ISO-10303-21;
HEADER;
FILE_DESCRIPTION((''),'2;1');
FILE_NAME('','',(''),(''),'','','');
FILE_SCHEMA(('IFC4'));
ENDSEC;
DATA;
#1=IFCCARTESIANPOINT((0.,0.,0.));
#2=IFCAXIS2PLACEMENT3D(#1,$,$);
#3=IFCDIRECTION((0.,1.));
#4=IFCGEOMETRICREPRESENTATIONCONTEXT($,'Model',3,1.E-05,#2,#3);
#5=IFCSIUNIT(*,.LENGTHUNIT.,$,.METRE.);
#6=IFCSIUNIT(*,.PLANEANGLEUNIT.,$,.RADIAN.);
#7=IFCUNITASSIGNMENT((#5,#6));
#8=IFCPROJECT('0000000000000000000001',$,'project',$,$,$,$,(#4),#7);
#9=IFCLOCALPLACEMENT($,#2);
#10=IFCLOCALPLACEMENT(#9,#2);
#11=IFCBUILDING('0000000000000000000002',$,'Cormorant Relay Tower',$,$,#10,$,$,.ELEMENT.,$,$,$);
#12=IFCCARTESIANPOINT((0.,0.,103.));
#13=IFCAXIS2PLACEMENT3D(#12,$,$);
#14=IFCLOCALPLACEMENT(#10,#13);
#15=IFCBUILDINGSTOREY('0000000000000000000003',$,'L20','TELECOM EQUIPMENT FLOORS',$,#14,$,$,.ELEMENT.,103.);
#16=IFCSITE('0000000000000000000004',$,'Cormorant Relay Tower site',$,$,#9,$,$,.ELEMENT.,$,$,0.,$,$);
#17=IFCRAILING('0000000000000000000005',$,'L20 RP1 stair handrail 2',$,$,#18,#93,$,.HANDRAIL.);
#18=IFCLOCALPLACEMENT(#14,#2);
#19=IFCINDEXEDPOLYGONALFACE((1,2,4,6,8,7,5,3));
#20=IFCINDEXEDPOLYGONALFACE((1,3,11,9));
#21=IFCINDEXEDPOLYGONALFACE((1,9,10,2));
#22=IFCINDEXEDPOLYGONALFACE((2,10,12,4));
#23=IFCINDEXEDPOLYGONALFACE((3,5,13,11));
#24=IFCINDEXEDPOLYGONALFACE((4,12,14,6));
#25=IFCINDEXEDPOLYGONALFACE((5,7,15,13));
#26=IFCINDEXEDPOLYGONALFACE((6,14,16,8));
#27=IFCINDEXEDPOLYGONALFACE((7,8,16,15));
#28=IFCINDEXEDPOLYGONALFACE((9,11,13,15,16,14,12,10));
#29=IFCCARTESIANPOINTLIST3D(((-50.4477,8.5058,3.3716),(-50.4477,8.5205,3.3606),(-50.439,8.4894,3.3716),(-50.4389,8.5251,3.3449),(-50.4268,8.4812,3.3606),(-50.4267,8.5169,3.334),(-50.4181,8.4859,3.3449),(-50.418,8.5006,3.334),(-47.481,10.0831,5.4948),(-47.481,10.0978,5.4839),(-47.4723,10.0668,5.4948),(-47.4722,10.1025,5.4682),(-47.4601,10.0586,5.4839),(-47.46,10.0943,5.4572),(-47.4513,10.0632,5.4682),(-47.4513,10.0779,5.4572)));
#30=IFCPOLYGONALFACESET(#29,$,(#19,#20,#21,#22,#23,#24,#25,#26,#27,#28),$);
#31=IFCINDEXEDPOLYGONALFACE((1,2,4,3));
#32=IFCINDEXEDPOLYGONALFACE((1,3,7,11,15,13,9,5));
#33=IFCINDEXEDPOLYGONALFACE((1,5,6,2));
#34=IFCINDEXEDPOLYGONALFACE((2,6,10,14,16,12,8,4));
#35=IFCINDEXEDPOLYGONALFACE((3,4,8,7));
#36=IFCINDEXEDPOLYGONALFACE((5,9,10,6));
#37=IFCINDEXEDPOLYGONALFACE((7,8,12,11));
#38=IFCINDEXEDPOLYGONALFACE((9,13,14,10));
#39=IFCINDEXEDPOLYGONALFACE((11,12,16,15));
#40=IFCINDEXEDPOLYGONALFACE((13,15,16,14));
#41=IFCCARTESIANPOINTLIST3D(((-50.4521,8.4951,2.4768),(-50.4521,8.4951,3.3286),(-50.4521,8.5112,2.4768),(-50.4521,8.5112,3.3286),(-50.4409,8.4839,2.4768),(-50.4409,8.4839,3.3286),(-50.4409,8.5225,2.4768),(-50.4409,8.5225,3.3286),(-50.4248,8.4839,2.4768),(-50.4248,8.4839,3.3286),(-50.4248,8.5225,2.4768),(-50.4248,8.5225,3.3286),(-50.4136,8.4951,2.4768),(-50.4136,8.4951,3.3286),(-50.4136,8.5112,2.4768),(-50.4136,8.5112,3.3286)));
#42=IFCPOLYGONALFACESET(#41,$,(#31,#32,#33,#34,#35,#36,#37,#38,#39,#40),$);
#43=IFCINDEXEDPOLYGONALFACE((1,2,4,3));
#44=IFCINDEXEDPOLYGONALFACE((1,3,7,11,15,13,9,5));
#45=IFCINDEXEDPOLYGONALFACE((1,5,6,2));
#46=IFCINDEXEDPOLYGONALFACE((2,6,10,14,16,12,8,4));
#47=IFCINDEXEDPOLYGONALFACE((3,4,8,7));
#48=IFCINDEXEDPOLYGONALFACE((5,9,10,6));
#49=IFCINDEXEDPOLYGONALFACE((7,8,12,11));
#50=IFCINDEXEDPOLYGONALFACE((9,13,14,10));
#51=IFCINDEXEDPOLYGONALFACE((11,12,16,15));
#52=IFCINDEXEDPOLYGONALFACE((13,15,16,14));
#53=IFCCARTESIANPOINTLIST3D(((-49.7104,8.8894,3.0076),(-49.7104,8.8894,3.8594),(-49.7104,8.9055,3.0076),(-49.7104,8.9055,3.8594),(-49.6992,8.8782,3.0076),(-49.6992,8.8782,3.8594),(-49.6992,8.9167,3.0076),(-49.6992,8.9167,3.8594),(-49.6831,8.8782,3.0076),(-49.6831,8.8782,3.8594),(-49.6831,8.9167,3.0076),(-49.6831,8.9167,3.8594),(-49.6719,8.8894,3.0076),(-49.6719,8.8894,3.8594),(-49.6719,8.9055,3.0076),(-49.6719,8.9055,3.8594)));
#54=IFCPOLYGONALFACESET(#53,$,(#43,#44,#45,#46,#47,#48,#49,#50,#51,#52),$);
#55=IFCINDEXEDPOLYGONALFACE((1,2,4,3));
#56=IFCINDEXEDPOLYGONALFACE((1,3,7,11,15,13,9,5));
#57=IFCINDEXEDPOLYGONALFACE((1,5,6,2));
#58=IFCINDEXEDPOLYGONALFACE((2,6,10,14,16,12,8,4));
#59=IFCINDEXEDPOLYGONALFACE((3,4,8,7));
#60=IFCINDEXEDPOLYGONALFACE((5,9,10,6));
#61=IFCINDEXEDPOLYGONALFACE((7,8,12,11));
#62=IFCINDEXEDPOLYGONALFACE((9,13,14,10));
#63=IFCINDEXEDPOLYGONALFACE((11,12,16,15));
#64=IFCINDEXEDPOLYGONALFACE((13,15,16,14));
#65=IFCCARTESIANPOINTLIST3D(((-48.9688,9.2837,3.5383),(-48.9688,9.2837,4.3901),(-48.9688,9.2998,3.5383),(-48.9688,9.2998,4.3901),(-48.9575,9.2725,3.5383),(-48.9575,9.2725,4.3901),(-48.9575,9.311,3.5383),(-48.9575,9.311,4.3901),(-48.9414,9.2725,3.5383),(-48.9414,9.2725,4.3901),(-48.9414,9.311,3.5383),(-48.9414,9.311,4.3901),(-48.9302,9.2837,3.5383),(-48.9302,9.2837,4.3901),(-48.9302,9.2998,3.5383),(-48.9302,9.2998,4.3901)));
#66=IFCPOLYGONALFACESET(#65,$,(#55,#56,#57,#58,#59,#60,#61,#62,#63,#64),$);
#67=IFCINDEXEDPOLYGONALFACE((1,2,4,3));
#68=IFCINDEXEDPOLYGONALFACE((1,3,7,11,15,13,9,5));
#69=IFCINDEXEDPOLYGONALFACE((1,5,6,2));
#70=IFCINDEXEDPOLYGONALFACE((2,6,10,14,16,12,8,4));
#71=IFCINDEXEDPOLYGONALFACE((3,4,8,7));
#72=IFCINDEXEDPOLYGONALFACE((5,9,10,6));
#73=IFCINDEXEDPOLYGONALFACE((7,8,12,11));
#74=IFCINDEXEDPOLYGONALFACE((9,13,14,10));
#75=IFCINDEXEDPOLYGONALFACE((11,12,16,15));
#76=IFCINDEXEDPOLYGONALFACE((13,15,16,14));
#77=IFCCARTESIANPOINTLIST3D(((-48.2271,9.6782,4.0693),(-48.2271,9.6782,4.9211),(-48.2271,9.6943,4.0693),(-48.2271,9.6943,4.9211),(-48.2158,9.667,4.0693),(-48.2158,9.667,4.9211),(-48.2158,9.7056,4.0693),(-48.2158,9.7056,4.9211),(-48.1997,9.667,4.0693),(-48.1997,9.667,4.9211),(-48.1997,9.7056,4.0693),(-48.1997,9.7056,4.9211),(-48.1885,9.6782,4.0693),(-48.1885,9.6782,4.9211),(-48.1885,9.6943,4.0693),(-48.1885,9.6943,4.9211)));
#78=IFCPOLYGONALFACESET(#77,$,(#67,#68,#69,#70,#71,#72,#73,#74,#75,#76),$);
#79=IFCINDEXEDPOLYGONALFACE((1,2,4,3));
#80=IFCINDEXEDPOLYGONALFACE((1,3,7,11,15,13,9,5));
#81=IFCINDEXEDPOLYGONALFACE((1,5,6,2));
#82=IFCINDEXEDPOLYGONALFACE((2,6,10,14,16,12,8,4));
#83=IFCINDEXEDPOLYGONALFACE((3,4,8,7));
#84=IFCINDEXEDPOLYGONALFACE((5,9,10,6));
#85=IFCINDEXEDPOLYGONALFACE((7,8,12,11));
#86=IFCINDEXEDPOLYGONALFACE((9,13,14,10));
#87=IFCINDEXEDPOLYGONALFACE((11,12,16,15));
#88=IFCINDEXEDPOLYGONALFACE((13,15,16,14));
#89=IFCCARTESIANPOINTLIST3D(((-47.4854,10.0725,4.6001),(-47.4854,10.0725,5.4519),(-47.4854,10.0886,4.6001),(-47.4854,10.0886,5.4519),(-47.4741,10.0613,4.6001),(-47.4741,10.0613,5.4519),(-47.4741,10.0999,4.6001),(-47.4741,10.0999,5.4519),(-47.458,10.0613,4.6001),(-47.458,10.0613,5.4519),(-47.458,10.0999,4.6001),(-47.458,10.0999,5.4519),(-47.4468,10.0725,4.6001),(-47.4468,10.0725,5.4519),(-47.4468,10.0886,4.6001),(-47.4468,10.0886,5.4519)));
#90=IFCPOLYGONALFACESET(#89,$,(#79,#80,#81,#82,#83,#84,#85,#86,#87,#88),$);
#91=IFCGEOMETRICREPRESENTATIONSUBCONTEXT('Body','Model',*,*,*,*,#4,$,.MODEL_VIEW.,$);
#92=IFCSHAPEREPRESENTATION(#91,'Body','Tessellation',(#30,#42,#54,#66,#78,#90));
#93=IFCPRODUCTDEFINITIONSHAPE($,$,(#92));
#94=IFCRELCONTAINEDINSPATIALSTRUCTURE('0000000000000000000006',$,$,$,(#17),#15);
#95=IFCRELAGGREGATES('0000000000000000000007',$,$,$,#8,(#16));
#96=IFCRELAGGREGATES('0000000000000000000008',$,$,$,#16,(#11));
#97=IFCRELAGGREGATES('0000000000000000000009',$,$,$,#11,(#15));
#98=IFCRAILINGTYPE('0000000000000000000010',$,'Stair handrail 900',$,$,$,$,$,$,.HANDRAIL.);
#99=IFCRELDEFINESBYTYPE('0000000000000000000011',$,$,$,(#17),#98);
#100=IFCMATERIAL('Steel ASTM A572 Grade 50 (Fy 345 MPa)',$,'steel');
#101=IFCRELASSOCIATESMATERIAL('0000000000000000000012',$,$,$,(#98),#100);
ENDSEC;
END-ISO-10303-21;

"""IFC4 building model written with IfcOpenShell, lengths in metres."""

from ifc_helpers import new_model, si_unit, direction, frame, origin, place, context, subcontext, project, spatial, polyline, outline, extrude, material, type_object, element, save


model = new_model("IFC4")

# Units and contexts
model_context = context("Model", 3, precision=1e-05, world=origin(), true_north=direction((0.0, 1.0)))
body_context = subcontext(model_context, "Body", "Model", "MODEL_VIEW")
ifc_project = project(units=[si_unit("LENGTHUNIT", "METRE"), si_unit("PLANEANGLEUNIT", "RADIAN")], contexts=[model_context])

# Site, building, storey
site_placement = place(None, origin())
site = spatial("IfcSite", under=ifc_project, at=site_placement, Name="Cormorant Relay Tower site", CompositionType="ELEMENT", RefElevation=0.0)
building_placement = place(site_placement, origin())
building = spatial("IfcBuilding", under=site, at=building_placement, Name="Cormorant Relay Tower", CompositionType="ELEMENT")
storey_placement = place(building_placement, frame((0.0, 0.0, 103.0)))
storey = spatial("IfcBuildingStorey", under=building, at=storey_placement, Name="L20", Description="TELECOM EQUIPMENT FLOORS", CompositionType="ELEMENT", Elevation=103.0)

# Railing
ifc_material_1 = material(Name="Steel ASTM A572 Grade 50 (Fy 345 MPa)", Category="steel")
railing_type_1 = type_object("IfcRailingType", Name="Stair handrail 900", PredefinedType="HANDRAIL", material=ifc_material_1)
railing_1_placement = place(storey_placement, frame((-50.4329, 8.5032, 2.4768)))
element("IfcRailing", 1, at=railing_1_placement, inside=storey, type_object=railing_type_1, Name="L20 RP1 stair handrail 2", PredefinedType="HANDRAIL", context=body_context, shape_type="SweptSolid", body=[
    extrude(outline(polyline([(0.0222, 0.0093), (0.0093, 0.0222), (-0.0093, 0.0222), (-0.0222, 0.0093), (-0.0222, -0.0093), (-0.0093, -0.0222), (0.0093, -0.0222), (0.0222, -0.0093), (0.0222, 0.0093)])), frame((0.0, 0.0, 0.876), z_axis=(0.746416, 0.396856, 0.534199), x_axis=(-0.469453, 0.882958, 0.0)), (0.0, 0.0, 1.0), 3.9746),
    extrude(outline(polyline([(0.0193, 0.0081), (0.0081, 0.0193), (-0.0081, 0.0193), (-0.0193, 0.0081), (-0.0193, -0.0081), (-0.0081, -0.0193), (0.0081, -0.0193), (0.0193, -0.0081), (0.0193, 0.0081)])), origin(), (0.0, 0.0, 1.0), 0.8518),
    extrude(outline(polyline([(0.0193, 0.0081), (0.0081, 0.0193), (-0.0081, 0.0193), (-0.0193, 0.0081), (-0.0193, -0.0081), (-0.0081, -0.0193), (0.0081, -0.0193), (0.0193, -0.0081), (0.0193, 0.0081)])), frame((0.7417, 0.3943, 0.5308)), (0.0, 0.0, 1.0), 0.8518),
    extrude(outline(polyline([(0.0193, 0.0081), (0.0081, 0.0193), (-0.0081, 0.0193), (-0.0193, 0.0081), (-0.0193, -0.0081), (-0.0081, -0.0193), (0.0081, -0.0193), (0.0193, -0.0081), (0.0193, 0.0081)])), frame((1.4834, 0.7886, 1.0615)), (0.0, 0.0, 1.0), 0.8518),
    extrude(outline(polyline([(0.0193, 0.0081), (0.0081, 0.0193), (-0.0081, 0.0193), (-0.0193, 0.0081), (-0.0193, -0.0081), (-0.0081, -0.0193), (0.0081, -0.0193), (0.0193, -0.0081), (0.0193, 0.0081)])), frame((2.2251, 1.1831, 1.5925)), (0.0, 0.0, 1.0), 0.8518),
    extrude(outline(polyline([(0.0193, 0.0081), (0.0081, 0.0193), (-0.0081, 0.0193), (-0.0193, 0.0081), (-0.0193, -0.0081), (-0.0081, -0.0193), (0.0081, -0.0193), (0.0193, -0.0081), (0.0193, 0.0081)])), frame((2.9668, 1.5774, 2.1233)), (0.0, 0.0, 1.0), 0.8518),
])

save(model, "model.ifc")
